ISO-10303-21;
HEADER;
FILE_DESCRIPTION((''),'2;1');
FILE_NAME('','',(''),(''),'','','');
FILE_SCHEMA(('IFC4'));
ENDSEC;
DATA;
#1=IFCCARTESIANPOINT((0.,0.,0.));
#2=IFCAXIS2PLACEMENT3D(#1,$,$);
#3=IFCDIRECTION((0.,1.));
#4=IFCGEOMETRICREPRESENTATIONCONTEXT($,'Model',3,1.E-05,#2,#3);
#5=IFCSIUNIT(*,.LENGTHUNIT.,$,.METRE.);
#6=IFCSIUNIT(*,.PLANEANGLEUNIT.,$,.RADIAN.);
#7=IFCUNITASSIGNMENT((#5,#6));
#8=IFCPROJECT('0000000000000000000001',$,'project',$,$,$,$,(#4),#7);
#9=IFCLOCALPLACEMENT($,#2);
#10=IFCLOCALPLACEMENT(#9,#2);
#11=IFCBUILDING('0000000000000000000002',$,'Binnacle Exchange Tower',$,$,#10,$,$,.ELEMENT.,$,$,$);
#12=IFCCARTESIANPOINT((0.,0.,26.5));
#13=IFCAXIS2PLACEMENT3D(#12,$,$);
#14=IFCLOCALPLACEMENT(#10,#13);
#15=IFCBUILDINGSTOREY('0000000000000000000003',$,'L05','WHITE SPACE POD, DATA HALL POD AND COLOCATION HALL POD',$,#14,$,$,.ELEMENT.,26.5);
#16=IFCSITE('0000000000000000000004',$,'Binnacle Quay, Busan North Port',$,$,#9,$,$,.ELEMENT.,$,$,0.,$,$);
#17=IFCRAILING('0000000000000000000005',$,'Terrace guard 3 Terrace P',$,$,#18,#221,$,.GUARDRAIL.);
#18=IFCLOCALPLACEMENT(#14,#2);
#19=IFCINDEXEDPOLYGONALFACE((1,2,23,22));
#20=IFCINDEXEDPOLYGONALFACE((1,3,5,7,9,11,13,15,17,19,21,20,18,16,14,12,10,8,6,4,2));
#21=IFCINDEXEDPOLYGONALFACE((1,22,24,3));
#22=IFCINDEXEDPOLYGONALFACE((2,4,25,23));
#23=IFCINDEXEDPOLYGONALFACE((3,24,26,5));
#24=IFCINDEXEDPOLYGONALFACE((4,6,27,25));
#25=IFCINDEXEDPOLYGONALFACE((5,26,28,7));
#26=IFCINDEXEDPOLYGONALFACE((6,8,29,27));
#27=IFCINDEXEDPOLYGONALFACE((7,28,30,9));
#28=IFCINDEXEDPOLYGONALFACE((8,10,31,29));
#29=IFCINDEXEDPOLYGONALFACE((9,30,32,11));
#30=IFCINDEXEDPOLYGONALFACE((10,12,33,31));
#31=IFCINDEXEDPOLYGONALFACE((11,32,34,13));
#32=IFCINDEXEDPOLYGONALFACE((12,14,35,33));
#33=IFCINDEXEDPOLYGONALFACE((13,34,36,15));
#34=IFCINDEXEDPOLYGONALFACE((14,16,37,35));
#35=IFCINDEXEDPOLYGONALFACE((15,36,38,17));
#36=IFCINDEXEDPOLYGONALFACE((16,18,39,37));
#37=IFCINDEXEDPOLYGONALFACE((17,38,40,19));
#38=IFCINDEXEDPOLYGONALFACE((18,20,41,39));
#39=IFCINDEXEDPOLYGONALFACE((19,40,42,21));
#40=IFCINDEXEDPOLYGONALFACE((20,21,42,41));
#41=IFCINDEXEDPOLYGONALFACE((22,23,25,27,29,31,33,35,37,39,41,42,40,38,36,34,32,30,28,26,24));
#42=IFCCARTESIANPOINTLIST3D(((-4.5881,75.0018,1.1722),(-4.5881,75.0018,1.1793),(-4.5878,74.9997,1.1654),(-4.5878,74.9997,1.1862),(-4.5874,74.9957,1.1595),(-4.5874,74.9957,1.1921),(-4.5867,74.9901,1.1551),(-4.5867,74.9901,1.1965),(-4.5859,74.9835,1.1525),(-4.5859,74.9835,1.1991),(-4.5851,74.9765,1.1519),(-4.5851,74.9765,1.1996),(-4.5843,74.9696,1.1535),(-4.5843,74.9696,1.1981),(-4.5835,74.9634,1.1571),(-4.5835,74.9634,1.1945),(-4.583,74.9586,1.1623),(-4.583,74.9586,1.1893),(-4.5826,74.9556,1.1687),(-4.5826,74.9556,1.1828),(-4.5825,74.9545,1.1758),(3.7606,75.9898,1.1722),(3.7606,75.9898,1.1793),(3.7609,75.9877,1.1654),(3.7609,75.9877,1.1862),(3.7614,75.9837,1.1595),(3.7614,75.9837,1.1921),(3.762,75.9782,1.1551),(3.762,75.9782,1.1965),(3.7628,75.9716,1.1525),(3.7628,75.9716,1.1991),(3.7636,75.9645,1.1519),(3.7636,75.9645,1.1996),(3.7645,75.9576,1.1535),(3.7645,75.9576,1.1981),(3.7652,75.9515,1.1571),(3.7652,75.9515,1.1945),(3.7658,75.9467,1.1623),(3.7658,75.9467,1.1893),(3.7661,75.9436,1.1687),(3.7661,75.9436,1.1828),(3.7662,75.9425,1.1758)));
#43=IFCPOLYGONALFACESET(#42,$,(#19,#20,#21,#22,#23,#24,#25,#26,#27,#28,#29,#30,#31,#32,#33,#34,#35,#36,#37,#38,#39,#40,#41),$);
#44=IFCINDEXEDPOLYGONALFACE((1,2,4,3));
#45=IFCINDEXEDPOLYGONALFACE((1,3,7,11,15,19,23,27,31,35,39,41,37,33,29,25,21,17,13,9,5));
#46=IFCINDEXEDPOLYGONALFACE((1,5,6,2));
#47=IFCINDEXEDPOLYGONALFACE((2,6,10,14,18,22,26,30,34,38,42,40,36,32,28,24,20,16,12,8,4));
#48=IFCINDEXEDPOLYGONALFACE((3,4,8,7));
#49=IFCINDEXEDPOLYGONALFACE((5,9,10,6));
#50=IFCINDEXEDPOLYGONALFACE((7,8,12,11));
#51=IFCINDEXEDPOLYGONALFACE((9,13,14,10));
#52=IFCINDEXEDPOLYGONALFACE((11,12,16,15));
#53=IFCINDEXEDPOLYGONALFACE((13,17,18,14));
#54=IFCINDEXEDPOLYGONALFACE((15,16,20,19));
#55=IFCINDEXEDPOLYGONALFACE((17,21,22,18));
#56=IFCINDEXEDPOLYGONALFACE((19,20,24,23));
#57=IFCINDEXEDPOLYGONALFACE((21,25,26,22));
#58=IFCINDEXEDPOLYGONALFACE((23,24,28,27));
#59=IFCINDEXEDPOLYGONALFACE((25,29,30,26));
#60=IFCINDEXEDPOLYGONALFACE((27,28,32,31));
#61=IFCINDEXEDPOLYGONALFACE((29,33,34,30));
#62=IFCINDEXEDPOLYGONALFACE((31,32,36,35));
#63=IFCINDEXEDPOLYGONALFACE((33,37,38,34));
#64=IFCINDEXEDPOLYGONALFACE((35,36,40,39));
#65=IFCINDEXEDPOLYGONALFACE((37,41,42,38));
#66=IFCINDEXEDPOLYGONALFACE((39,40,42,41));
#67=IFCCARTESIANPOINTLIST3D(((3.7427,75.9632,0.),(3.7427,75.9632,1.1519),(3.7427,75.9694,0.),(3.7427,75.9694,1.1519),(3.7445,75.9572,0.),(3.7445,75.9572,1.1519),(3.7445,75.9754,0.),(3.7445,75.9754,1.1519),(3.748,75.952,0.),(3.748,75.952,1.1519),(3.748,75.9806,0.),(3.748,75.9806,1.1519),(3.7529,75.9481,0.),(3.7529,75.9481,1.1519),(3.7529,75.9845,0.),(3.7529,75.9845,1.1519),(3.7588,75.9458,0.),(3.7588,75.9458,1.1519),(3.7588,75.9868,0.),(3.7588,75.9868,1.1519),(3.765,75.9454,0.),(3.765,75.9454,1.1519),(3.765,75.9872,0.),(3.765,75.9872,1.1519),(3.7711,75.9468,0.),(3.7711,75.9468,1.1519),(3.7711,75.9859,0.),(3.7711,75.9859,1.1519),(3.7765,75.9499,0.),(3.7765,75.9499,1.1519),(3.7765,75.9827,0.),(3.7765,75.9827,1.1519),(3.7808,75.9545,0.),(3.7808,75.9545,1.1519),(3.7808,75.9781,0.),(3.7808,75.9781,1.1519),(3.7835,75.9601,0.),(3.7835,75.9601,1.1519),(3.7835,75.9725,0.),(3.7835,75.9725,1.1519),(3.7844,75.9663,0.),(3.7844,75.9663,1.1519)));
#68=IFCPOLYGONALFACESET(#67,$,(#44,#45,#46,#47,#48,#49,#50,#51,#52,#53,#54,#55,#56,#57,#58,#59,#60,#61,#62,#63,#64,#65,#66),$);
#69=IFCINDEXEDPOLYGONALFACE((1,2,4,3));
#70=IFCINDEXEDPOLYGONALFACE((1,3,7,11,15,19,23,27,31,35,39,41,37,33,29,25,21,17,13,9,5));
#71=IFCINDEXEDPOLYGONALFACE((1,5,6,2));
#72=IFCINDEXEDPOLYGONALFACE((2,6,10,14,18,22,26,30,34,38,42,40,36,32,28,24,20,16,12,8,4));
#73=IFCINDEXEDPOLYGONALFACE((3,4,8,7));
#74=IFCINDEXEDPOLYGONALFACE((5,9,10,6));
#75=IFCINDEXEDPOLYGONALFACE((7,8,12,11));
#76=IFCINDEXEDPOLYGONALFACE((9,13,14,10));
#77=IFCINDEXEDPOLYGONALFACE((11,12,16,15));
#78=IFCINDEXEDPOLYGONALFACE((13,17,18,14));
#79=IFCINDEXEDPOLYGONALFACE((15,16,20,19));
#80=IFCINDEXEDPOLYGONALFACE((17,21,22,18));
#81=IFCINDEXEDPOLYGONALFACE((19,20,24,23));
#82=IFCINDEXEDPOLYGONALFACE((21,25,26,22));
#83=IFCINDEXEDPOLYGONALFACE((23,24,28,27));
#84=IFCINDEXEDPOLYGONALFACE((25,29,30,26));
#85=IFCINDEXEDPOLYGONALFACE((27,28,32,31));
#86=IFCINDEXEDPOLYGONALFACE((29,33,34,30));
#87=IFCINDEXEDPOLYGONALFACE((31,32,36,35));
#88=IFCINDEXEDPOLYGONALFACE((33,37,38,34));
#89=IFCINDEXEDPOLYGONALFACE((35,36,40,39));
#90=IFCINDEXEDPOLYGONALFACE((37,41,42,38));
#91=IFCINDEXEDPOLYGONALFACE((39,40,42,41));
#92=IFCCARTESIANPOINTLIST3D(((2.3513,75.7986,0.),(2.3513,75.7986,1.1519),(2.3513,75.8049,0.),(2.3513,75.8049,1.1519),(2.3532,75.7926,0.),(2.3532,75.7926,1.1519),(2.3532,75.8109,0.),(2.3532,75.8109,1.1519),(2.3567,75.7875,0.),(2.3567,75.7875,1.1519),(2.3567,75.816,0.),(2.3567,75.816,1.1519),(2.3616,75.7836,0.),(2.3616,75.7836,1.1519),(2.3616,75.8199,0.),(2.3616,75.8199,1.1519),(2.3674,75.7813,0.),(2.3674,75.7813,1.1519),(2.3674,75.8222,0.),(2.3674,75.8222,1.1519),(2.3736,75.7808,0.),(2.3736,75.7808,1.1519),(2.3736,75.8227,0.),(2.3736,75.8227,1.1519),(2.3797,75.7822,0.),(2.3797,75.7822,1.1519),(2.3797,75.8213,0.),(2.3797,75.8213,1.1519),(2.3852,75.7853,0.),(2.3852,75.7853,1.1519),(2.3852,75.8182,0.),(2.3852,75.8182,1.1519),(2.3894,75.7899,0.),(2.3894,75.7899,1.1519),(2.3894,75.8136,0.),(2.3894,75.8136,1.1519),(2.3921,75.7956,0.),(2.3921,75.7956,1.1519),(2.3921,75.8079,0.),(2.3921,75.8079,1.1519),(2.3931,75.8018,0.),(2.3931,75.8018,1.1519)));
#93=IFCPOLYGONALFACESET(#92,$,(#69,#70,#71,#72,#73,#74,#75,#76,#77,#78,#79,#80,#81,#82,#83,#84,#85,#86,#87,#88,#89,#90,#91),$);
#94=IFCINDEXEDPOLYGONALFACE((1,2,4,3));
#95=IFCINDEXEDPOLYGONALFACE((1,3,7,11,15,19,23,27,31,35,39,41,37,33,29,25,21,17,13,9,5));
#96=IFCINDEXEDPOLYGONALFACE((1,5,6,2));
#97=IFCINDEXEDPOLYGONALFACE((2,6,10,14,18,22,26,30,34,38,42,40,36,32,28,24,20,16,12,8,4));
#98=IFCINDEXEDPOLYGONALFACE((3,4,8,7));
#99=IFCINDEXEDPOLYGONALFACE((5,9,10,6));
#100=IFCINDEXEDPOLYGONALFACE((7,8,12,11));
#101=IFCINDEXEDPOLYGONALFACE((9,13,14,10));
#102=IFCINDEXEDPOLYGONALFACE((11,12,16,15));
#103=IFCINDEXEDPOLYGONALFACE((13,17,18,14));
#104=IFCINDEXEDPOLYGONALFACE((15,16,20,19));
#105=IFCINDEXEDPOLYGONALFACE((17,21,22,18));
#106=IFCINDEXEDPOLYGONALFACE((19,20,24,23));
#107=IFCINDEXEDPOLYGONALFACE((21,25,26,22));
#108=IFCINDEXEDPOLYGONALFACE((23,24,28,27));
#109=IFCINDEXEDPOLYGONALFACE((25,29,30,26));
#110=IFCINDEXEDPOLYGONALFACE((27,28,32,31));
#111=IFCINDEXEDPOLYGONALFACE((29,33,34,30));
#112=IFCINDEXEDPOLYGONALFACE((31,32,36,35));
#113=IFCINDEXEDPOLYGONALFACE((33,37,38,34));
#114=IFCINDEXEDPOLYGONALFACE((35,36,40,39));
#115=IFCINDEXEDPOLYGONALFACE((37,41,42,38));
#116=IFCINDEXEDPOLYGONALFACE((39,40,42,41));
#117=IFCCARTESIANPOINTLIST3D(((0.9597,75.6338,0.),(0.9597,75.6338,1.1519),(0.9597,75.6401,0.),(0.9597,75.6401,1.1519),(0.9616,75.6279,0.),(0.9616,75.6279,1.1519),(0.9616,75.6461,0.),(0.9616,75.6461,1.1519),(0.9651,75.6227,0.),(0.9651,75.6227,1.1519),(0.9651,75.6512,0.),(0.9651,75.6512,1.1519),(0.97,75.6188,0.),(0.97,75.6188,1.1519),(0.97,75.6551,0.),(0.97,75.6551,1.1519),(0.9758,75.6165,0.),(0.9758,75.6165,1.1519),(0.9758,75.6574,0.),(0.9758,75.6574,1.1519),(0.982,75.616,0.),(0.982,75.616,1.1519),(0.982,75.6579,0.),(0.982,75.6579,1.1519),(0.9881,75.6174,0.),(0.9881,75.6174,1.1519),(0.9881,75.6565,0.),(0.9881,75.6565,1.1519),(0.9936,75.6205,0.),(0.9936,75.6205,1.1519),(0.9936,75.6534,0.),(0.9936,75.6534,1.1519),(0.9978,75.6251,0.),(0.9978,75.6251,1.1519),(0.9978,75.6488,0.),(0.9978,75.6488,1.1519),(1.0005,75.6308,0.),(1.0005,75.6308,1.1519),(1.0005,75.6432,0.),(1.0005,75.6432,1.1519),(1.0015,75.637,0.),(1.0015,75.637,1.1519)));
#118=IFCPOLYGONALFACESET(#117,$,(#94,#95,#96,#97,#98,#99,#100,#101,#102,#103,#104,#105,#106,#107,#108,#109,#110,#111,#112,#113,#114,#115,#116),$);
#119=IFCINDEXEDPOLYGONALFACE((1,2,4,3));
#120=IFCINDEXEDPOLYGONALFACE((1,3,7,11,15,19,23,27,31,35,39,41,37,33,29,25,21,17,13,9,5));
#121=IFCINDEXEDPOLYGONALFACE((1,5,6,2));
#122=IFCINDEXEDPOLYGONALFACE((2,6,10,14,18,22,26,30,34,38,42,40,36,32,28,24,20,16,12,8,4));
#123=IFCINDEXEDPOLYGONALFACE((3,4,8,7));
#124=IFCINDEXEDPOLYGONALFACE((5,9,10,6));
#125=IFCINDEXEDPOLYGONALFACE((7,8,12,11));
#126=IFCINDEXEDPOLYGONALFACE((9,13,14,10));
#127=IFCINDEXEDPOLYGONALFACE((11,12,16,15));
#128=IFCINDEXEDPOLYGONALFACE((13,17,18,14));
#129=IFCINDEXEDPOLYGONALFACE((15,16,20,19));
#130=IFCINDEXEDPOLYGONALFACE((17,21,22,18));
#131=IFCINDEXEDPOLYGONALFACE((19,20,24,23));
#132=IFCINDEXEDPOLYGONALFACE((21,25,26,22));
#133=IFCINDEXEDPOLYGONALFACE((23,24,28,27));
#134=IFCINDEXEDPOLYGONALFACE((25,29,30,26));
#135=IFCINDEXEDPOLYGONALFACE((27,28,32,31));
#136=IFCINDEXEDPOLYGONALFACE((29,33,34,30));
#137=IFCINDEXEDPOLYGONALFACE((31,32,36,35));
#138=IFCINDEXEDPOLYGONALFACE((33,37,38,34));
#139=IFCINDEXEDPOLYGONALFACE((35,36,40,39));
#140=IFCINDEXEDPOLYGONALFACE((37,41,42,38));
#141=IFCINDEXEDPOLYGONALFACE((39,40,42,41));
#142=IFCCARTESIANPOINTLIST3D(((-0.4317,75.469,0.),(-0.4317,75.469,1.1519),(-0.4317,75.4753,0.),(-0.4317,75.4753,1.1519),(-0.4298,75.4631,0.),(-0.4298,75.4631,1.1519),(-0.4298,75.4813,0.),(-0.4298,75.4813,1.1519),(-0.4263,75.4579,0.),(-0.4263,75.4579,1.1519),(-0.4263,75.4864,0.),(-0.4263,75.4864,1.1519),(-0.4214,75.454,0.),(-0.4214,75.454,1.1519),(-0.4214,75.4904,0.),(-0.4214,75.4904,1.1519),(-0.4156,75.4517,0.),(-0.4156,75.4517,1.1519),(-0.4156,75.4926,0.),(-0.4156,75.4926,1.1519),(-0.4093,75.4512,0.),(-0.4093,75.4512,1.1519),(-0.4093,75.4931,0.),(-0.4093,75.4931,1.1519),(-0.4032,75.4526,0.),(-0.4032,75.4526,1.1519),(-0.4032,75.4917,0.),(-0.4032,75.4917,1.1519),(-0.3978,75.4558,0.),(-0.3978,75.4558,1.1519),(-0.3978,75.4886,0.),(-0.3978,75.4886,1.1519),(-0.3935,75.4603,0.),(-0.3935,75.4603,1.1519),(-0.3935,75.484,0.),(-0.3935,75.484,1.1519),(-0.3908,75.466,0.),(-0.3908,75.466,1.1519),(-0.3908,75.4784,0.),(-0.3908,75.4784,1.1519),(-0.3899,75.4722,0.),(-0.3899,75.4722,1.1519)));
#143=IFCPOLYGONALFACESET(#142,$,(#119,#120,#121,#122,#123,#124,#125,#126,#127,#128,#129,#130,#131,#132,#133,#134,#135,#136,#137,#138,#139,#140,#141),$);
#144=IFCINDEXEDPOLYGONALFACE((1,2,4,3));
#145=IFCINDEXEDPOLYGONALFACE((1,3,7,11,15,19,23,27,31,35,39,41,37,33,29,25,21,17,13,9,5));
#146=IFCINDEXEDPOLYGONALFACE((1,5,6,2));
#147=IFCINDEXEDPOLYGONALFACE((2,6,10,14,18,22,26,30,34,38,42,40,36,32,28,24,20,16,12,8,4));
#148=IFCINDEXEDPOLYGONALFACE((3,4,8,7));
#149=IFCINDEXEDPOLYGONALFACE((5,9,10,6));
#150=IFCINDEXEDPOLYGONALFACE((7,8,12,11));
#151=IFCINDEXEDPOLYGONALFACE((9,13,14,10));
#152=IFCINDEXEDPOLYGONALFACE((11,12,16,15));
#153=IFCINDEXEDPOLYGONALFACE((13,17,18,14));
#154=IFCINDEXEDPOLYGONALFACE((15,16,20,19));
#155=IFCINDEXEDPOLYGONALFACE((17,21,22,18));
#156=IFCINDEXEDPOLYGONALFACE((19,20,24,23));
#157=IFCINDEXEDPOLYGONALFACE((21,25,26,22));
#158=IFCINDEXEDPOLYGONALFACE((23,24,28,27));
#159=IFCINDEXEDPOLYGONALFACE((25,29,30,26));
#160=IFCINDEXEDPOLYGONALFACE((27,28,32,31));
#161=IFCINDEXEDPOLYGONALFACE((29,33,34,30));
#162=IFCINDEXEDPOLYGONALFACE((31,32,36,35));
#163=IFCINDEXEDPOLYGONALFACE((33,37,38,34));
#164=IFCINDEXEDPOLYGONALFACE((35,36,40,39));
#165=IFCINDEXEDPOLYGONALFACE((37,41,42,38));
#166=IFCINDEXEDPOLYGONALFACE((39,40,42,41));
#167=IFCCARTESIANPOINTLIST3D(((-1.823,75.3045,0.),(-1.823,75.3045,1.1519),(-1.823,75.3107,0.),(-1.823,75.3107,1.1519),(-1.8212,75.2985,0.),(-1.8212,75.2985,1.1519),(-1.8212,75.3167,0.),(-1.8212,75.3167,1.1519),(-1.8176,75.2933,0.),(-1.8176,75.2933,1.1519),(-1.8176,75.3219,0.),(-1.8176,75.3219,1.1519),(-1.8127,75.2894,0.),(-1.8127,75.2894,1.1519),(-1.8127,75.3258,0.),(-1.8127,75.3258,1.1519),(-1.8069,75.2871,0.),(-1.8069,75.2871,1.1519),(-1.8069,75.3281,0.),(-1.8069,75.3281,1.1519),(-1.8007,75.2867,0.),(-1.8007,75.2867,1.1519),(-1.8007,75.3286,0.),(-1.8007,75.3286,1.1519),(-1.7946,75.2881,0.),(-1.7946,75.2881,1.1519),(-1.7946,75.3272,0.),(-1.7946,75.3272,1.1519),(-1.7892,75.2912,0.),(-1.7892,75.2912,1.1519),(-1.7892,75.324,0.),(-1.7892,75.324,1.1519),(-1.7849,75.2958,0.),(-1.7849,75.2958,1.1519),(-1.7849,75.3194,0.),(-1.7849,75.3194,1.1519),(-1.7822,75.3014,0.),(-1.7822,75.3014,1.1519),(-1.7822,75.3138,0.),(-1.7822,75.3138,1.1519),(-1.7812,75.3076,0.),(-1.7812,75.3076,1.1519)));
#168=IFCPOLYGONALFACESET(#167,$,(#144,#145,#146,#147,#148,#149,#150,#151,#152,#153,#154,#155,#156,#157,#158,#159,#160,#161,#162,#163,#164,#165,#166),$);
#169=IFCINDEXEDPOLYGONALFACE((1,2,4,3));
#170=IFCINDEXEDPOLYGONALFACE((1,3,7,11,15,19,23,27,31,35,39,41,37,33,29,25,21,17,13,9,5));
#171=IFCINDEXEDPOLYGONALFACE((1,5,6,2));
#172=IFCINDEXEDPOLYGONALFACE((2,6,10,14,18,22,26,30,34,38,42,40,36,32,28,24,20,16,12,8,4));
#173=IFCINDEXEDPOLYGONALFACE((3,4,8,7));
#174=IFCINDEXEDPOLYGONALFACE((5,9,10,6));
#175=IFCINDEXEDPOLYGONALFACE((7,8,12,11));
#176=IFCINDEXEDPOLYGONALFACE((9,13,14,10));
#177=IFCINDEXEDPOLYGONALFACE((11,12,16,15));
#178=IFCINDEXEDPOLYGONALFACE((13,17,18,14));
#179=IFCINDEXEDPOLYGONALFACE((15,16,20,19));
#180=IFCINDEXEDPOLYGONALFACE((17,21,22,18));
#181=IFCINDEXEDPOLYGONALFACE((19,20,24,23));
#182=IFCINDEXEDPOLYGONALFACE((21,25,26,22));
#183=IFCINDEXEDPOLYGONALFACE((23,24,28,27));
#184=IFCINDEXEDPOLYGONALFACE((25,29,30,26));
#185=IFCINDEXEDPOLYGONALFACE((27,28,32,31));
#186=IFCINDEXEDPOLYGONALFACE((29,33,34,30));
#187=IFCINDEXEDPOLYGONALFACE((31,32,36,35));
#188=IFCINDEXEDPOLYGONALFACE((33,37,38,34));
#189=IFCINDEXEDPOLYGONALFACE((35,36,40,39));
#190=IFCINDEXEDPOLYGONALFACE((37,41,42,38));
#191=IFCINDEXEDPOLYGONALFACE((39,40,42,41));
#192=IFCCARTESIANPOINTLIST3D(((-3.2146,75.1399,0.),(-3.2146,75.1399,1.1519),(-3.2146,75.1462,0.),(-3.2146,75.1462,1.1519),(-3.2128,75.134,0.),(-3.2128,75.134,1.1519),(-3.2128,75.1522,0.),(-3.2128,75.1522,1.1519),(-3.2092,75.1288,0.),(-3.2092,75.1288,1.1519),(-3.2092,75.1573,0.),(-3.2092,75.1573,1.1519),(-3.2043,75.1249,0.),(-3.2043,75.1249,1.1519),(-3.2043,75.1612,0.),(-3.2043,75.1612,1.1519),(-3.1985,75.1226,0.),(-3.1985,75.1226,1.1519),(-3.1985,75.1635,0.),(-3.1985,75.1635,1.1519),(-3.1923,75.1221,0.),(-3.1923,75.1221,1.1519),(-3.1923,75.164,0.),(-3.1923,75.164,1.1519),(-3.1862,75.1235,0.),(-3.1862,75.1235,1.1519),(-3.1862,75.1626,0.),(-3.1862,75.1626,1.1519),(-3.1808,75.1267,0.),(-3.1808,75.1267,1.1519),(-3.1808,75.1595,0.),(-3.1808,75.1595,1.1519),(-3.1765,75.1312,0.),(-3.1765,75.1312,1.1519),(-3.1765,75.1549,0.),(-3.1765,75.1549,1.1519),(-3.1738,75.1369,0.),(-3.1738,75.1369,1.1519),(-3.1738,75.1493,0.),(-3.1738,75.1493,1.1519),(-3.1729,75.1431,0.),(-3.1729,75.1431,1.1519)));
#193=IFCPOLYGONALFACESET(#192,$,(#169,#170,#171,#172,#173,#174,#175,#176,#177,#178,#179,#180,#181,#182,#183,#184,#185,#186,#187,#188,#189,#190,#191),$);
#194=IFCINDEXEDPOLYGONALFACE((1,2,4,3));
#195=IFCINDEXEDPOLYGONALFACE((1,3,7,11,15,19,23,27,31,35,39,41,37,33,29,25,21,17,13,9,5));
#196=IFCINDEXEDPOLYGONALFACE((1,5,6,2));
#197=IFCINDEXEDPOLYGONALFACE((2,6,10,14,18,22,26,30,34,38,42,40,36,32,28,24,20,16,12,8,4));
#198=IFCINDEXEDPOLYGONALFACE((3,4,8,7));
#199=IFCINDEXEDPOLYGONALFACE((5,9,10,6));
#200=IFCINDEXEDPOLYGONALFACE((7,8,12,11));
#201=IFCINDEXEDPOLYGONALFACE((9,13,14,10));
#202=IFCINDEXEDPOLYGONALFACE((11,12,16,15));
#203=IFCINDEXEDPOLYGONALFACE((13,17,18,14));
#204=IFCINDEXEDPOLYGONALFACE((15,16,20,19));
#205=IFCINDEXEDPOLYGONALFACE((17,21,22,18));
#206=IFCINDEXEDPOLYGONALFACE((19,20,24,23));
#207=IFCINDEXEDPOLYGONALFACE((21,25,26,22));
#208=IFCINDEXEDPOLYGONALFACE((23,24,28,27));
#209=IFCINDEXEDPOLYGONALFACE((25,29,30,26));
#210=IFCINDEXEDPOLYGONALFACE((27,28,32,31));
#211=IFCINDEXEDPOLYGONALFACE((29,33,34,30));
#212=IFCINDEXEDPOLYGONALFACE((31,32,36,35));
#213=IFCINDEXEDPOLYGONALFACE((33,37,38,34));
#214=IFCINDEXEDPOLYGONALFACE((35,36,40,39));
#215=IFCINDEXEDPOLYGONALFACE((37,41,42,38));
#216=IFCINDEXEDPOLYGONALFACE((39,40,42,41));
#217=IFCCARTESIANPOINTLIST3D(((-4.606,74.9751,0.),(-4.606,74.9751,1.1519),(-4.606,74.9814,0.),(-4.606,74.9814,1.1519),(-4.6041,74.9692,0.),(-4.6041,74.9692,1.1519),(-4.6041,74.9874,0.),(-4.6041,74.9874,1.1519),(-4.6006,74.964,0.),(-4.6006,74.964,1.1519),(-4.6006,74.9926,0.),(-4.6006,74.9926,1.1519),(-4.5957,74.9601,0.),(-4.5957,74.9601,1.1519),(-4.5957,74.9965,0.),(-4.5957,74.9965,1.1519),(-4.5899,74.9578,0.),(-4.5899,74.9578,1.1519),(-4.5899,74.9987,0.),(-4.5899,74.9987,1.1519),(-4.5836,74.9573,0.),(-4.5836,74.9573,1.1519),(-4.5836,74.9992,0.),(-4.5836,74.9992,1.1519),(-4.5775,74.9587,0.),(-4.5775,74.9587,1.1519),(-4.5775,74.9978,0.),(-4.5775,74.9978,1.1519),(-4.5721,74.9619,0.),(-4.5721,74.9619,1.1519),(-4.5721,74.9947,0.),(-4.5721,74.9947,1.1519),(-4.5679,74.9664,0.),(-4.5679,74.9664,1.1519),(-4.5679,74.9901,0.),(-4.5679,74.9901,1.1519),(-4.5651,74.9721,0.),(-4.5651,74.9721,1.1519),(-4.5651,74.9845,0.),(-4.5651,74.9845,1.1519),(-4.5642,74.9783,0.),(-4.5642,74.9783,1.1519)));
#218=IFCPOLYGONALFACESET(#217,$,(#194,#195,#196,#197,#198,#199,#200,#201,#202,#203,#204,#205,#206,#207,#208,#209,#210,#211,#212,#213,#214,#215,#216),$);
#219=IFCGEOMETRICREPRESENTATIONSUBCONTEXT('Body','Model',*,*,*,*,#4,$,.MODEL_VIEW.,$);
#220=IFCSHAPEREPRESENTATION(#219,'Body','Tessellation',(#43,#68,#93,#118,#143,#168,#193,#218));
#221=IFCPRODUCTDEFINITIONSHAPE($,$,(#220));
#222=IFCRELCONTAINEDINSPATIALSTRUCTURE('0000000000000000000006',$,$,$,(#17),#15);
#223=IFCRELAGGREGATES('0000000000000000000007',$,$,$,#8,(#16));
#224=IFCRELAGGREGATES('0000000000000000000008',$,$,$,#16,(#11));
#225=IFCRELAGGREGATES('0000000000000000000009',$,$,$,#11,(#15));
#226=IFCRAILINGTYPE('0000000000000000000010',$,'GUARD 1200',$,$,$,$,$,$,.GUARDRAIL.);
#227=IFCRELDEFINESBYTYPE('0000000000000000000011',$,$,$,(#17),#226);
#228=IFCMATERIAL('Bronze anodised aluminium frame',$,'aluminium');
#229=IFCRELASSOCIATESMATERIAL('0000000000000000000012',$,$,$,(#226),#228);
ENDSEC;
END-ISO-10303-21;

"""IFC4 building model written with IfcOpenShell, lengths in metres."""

from ifc_helpers import new_model, si_unit, direction, frame, origin, origin_2d, place, context, subcontext, project, spatial, circle, extrude, material, type_object, element, save


model = new_model("IFC4")

# Units and contexts
model_context = context("Model", 3, precision=1e-05, world=origin(), true_north=direction((0.0, 1.0)))
body_context = subcontext(model_context, "Body", "Model", "MODEL_VIEW")
ifc_project = project(units=[si_unit("LENGTHUNIT", "METRE"), si_unit("PLANEANGLEUNIT", "RADIAN")], contexts=[model_context])

# Site, building, storey
site_placement = place(None, origin())
site = spatial("IfcSite", under=ifc_project, at=site_placement, Name="Binnacle Quay, Busan North Port", CompositionType="ELEMENT", RefElevation=0.0)
building_placement = place(site_placement, origin())
building = spatial("IfcBuilding", under=site, at=building_placement, Name="Binnacle Exchange Tower", CompositionType="ELEMENT")
storey_placement = place(building_placement, frame((0.0, 0.0, 26.5)))
storey = spatial("IfcBuildingStorey", under=building, at=storey_placement, Name="L05", Description="WHITE SPACE POD, DATA HALL POD AND COLOCATION HALL POD", CompositionType="ELEMENT", Elevation=26.5)

# Shared definitions
ifc_material_1 = material(Name="Bronze anodised aluminium frame", Category="aluminium")

# Railing
railing_type = type_object("IfcRailingType", Name="GUARD 1200", PredefinedType="GUARDRAIL", material=ifc_material_1)
railing_placement = place(storey_placement, frame((3.7634, 75.9663, 0.0)))
element("IfcRailing", 1, at=railing_placement, inside=storey, type_object=railing_type, Name="Terrace guard 3 Terrace P", PredefinedType="GUARDRAIL", context=body_context, shape_type="SweptSolid", body=[
    extrude(circle(Radius=0.0239, at=origin_2d()), frame((0.0, 0.0, 1.1758), z_axis=(-0.99307, -0.117527, 0.0), x_axis=(0.117527, -0.99307, 0.0)), (0.0, 0.0, 1.0), 8.407),
    extrude(circle(Radius=0.021, at=origin_2d()), origin(), (0.0, 0.0, 1.0), 1.1519),
    extrude(circle(Radius=0.021, at=origin_2d()), frame((-1.3914, -0.1646, 0.0)), (0.0, 0.0, 1.0), 1.1519),
    extrude(circle(Radius=0.021, at=origin_2d()), frame((-2.783, -0.3293, 0.0)), (0.0, 0.0, 1.0), 1.1519),
    extrude(circle(Radius=0.021, at=origin_2d()), frame((-4.1743, -0.4941, 0.0)), (0.0, 0.0, 1.0), 1.1519),
    extrude(circle(Radius=0.021, at=origin_2d()), frame((-5.5657, -0.6587, 0.0)), (0.0, 0.0, 1.0), 1.1519),
    extrude(circle(Radius=0.021, at=origin_2d()), frame((-6.9573, -0.8232, 0.0)), (0.0, 0.0, 1.0), 1.1519),
    extrude(circle(Radius=0.021, at=origin_2d()), frame((-8.3486, -0.988, 0.0)), (0.0, 0.0, 1.0), 1.1519),
])

save(model, "model.ifc")
